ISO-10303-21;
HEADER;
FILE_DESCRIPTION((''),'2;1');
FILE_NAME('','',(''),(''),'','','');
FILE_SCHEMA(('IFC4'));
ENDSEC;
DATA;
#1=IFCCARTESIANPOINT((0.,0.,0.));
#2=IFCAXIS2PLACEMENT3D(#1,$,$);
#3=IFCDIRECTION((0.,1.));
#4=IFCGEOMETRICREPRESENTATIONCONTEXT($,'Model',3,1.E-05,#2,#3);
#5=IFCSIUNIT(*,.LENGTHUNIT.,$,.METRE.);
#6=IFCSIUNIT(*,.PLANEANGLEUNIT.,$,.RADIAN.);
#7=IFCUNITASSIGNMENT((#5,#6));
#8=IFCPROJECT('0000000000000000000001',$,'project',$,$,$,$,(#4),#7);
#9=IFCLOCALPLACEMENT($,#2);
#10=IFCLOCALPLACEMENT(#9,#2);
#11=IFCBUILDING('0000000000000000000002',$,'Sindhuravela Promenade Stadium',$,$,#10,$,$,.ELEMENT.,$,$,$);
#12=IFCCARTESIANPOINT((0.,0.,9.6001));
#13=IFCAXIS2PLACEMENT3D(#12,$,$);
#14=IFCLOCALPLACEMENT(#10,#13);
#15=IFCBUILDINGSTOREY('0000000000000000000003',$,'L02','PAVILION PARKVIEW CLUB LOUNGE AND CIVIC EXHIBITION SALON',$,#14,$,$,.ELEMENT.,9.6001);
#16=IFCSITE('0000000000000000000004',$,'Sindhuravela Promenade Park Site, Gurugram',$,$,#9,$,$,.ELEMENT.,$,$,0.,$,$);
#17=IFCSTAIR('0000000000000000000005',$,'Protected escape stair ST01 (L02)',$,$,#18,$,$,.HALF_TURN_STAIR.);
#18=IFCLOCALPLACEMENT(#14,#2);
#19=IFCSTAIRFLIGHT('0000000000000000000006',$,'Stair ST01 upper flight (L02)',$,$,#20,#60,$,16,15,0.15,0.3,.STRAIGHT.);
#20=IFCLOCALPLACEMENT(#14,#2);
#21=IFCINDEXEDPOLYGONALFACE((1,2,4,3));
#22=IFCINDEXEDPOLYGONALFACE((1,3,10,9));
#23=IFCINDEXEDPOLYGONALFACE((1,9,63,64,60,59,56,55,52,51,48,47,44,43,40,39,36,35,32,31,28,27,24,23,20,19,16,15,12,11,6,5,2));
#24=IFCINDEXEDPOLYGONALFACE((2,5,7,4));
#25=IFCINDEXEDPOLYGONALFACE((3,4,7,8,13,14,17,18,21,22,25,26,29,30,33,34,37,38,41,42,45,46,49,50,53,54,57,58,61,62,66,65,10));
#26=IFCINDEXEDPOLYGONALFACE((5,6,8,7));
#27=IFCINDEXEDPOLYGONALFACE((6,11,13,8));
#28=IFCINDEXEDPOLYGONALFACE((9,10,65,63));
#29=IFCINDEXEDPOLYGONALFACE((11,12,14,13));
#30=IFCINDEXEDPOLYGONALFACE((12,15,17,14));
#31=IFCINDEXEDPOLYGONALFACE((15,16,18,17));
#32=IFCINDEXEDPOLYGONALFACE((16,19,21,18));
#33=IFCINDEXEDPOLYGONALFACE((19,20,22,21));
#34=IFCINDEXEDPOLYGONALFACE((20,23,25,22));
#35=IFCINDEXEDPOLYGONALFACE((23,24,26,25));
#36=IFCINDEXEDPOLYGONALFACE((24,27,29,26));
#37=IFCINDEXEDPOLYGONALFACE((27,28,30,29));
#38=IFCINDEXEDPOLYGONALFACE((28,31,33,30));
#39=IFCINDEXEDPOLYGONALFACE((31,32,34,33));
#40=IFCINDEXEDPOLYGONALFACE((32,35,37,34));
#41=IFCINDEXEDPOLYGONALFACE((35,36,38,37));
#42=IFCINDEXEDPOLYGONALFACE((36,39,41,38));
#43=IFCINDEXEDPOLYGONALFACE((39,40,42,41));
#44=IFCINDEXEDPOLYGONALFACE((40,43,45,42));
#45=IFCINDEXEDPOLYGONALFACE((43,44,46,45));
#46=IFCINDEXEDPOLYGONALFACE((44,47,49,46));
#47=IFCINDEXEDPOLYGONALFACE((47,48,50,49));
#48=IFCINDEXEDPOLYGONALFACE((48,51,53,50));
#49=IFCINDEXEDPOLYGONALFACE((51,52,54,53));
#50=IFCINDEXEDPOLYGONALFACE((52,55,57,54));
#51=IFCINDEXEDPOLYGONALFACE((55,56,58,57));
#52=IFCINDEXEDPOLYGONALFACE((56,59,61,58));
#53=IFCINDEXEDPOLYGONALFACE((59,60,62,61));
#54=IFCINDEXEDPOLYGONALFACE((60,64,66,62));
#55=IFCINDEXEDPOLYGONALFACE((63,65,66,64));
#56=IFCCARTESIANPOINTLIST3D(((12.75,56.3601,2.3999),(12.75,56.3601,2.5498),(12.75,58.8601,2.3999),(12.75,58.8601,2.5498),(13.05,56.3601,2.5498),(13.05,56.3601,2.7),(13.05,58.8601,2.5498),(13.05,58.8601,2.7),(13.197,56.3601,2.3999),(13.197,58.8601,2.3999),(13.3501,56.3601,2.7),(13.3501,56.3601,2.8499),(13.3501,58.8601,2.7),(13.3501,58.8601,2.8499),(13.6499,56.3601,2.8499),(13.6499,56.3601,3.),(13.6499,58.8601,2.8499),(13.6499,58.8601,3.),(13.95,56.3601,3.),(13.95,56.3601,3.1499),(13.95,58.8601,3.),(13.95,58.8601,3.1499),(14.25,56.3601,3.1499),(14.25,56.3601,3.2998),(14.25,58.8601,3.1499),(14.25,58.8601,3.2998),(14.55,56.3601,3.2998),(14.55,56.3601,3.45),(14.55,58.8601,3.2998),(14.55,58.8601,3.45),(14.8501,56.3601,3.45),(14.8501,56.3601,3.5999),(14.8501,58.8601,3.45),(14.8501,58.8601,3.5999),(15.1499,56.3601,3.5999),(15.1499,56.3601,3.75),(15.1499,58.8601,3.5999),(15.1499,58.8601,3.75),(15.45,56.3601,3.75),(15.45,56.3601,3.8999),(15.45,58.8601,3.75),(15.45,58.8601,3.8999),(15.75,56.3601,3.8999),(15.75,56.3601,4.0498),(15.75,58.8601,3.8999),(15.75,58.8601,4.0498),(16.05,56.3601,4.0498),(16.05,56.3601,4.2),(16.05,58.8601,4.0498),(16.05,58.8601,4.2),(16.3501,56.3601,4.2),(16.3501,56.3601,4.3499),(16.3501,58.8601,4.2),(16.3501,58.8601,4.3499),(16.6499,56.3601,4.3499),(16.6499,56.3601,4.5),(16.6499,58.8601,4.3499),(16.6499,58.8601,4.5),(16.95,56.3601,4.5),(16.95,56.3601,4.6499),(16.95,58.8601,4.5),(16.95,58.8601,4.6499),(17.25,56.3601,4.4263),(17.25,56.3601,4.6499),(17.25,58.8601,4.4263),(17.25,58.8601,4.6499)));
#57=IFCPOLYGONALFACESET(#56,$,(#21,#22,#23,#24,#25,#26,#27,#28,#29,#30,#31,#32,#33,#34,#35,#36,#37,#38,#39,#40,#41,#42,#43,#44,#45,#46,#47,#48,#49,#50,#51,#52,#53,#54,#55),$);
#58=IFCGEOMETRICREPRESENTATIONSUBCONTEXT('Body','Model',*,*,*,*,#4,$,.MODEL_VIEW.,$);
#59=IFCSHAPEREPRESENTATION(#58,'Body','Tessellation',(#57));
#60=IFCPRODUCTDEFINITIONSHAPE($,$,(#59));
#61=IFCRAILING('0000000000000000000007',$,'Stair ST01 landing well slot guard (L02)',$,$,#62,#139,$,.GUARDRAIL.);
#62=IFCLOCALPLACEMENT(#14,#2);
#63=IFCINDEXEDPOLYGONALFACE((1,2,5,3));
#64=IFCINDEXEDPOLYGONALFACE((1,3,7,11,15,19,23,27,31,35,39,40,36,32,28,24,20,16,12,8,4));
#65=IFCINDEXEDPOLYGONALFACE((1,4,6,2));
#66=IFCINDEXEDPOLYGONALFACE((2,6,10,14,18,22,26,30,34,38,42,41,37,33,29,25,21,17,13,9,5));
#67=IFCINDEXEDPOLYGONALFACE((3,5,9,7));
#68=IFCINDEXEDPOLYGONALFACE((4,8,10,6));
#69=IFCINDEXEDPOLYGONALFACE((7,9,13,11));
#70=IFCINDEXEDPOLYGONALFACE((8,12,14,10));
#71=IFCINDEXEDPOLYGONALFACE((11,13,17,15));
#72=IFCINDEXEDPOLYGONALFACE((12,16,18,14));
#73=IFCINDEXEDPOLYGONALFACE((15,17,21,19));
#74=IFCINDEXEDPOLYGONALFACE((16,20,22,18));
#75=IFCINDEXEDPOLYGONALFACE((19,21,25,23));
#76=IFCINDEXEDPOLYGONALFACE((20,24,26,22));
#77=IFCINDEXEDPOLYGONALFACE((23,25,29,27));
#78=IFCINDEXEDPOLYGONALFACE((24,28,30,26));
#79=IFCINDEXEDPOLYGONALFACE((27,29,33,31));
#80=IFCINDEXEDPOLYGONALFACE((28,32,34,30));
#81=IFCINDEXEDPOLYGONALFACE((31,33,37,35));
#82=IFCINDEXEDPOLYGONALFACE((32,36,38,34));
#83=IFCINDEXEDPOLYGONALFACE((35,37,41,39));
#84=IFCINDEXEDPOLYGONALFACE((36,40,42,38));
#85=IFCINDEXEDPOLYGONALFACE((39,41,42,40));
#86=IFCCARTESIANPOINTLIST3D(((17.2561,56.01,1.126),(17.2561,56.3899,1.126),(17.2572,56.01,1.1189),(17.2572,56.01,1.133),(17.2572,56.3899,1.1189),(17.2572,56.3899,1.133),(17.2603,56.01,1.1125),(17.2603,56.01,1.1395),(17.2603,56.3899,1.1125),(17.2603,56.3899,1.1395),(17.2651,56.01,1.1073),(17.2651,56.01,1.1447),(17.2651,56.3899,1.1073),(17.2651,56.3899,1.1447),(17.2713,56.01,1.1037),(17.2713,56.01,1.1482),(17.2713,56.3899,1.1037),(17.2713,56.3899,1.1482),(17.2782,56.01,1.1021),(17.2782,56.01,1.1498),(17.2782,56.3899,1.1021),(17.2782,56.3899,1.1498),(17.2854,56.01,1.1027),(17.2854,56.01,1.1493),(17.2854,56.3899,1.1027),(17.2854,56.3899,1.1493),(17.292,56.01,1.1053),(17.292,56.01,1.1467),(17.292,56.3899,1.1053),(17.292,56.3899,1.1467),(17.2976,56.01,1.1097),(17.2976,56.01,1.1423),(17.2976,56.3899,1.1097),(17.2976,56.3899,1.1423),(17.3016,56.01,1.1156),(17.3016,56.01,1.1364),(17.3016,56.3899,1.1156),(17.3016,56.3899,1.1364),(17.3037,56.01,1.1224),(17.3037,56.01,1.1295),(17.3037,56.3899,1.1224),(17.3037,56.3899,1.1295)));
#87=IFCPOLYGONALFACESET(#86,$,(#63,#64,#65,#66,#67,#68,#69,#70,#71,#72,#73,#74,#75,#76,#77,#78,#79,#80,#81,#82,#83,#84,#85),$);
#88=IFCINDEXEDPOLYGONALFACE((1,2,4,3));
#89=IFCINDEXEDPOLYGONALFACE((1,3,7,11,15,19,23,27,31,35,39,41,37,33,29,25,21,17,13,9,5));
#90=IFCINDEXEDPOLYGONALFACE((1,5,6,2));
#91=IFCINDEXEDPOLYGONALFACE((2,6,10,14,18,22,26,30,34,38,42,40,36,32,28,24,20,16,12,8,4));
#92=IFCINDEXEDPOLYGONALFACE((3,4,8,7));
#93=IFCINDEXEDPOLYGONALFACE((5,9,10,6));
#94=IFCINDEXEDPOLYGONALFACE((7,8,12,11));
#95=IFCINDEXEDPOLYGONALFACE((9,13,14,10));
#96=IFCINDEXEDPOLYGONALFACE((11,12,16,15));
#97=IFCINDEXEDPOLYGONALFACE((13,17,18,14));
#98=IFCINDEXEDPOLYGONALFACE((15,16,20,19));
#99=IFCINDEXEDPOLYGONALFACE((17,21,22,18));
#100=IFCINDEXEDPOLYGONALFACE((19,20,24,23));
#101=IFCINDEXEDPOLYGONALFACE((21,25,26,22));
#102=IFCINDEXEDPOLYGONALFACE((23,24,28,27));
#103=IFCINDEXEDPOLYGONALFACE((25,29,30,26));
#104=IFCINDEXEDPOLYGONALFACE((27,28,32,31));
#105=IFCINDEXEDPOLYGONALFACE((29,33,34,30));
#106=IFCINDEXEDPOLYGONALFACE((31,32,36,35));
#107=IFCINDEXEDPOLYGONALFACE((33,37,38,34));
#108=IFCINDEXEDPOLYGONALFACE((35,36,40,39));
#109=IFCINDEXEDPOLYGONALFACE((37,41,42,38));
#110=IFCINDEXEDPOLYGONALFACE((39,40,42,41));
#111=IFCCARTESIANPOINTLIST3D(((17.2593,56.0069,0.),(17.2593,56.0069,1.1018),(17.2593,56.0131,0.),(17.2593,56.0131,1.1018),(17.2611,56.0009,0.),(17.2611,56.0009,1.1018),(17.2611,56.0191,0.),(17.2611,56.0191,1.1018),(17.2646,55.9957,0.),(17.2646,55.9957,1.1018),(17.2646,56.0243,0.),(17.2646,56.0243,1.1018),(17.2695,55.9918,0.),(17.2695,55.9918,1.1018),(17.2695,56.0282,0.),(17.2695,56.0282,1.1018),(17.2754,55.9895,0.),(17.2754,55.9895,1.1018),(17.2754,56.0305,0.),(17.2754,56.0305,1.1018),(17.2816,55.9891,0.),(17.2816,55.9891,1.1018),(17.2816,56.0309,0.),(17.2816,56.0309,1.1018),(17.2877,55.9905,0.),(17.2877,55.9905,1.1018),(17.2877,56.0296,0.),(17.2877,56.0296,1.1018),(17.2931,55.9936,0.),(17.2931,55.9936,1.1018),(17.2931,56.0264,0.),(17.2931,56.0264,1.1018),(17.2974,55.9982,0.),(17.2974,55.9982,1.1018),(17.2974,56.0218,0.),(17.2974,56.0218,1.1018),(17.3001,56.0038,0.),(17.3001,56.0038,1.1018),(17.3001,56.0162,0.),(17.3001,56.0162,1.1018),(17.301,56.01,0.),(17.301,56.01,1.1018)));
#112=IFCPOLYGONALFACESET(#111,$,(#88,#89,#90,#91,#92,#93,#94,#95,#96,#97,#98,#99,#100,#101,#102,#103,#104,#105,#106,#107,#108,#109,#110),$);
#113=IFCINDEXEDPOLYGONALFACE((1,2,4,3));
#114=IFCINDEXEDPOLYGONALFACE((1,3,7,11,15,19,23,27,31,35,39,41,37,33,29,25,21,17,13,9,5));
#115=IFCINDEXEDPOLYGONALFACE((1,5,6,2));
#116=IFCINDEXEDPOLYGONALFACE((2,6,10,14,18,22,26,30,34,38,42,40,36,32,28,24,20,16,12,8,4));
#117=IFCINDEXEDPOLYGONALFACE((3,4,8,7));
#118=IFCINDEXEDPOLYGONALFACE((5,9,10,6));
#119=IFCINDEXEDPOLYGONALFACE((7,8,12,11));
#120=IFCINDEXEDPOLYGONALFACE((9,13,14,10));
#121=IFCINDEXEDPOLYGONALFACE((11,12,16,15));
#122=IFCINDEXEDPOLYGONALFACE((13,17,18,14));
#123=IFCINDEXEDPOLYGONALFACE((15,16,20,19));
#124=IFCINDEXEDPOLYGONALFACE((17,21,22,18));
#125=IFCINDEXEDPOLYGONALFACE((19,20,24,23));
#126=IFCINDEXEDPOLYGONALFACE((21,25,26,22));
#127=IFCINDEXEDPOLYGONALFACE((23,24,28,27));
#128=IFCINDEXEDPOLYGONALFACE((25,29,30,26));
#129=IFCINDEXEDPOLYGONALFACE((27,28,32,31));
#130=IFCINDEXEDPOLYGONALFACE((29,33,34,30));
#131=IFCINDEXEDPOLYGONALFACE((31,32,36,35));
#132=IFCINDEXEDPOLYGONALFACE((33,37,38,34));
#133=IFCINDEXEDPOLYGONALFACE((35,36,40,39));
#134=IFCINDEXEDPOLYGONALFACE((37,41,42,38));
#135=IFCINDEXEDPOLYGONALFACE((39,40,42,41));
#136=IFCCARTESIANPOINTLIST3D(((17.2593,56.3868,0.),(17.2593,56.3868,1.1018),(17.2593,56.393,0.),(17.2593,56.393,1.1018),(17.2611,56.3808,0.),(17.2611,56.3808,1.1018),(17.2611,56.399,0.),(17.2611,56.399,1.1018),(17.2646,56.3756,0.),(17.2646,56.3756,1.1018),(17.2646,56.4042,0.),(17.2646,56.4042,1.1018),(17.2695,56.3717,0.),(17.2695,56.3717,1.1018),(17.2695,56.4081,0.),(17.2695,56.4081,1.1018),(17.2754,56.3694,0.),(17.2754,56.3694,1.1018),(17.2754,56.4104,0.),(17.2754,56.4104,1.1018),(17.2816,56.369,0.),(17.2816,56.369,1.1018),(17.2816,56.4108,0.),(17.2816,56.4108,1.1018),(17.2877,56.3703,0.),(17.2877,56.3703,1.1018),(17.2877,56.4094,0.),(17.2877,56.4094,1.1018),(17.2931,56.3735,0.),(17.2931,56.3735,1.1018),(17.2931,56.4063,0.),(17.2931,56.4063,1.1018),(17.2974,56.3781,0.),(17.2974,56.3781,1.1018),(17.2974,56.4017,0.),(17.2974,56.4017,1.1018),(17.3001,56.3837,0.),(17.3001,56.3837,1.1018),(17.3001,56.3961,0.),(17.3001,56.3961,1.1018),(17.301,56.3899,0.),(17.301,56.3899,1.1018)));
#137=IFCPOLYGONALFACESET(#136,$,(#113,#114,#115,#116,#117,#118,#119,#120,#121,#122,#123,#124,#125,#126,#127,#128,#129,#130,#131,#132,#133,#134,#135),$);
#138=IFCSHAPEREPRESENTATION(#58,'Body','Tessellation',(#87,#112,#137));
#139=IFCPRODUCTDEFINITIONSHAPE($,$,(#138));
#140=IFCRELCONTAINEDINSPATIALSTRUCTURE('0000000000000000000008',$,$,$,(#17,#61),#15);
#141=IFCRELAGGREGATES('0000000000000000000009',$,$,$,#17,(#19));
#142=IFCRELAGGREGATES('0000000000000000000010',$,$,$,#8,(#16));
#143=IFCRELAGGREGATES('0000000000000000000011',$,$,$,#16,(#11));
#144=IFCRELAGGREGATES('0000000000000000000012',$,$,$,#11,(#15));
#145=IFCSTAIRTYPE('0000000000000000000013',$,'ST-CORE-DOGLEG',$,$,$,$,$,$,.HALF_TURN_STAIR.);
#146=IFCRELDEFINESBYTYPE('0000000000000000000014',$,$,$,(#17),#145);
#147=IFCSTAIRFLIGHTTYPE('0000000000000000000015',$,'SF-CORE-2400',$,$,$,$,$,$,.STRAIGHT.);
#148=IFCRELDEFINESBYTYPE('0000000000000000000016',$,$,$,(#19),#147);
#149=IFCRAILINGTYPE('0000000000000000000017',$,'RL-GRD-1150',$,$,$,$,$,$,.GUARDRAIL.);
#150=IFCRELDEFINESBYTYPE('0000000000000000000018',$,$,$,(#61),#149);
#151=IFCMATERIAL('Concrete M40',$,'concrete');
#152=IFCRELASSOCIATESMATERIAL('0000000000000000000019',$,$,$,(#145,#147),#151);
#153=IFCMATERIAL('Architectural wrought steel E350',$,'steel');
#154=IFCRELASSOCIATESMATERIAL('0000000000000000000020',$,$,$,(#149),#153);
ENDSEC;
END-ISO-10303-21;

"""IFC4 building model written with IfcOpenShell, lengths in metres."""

from ifc_helpers import new_model, si_unit, direction, frame, origin, origin_2d, place, context, subcontext, project, spatial, polyline, circle, outline, extrude, material, type_object, element, aggregate, save


model = new_model("IFC4")

# Units and contexts
model_context = context("Model", 3, precision=1e-05, world=origin(), true_north=direction((0.0, 1.0)))
body_context = subcontext(model_context, "Body", "Model", "MODEL_VIEW")
ifc_project = project(units=[si_unit("LENGTHUNIT", "METRE"), si_unit("PLANEANGLEUNIT", "RADIAN")], contexts=[model_context])

# Site, building, storey
site_placement = place(None, origin())
site = spatial("IfcSite", under=ifc_project, at=site_placement, Name="Sindhuravela Promenade Park Site, Gurugram", CompositionType="ELEMENT", RefElevation=0.0)
building_placement = place(site_placement, origin())
building = spatial("IfcBuilding", under=site, at=building_placement, Name="Sindhuravela Promenade Stadium", CompositionType="ELEMENT")
storey_placement = place(building_placement, frame((0.0, 0.0, 9.6001)))
storey = spatial("IfcBuildingStorey", under=building, at=storey_placement, Name="L02", Description="PAVILION PARKVIEW CLUB LOUNGE AND CIVIC EXHIBITION SALON", CompositionType="ELEMENT", Elevation=9.6001)

# Shared definitions
ifc_material_1 = material(Name="Concrete M40", Category="concrete")

# Shared definitions
ifc_material_2 = material(Name="Architectural wrought steel E350", Category="steel")

# Stair, stair flight
stair_type = type_object("IfcStairType", Name="ST-CORE-DOGLEG", PredefinedType="HALF_TURN_STAIR", material=ifc_material_1)
stair_placement = place(storey_placement, origin())
stair = element("IfcStair", 1, at=stair_placement, inside=storey, type_object=stair_type, Name="Protected escape stair ST01 (L02)", PredefinedType="HALF_TURN_STAIR")
stair_flight_type = type_object("IfcStairFlightType", Name="SF-CORE-2400", PredefinedType="STRAIGHT", material=ifc_material_1)
stair_flight_1_placement = place(storey_placement, frame((12.75, 57.6101, 2.3999), z_axis=(0.0, 0.0, 1.0), x_axis=(1.0, 0.0, 0.0)))
stair_flight_1 = element("IfcStairFlight", 2, at=stair_flight_1_placement, type_object=stair_flight_type, Name="Stair ST01 upper flight (L02)", NumberOfRisers=16, NumberOfTreads=15, PredefinedType="STRAIGHT", RiserHeight=0.15, TreadLength=0.3, context=body_context, shape_type="SweptSolid", body=[
    extrude(outline(polyline([(0.0, 0.0), (0.0, 0.1499), (0.3, 0.1499), (0.3, 0.3), (0.6001, 0.3), (0.6001, 0.45), (0.8999, 0.45), (0.8999, 0.6001), (1.2, 0.6001), (1.2, 0.75), (1.5, 0.75), (1.5, 0.8999), (1.8, 0.8999), (1.8, 1.05), (2.1001, 1.05), (2.1001, 1.2), (2.3999, 1.2), (2.3999, 1.3501), (2.7, 1.3501), (2.7, 1.5), (3.0, 1.5), (3.0, 1.6499), (3.3, 1.6499), (3.3, 1.8), (3.6001, 1.8), (3.6001, 1.95), (3.8999, 1.95), (3.8999, 2.1001), (4.2, 2.1001), (4.2, 2.25), (4.5, 2.25), (4.5, 2.3999), (4.5, 2.0264), (0.447, 0.0), (0.0, 0.0)])), frame((0.0, 1.25, 0.0), z_axis=(0.0, -1.0, 0.0), x_axis=(1.0, 0.0, 0.0)), (0.0, 0.0, 1.0), 2.5),
])
aggregate(stair, [stair_flight_1])

# Railing
railing_type_1 = type_object("IfcRailingType", Name="RL-GRD-1150", PredefinedType="GUARDRAIL", material=ifc_material_2)
railing_1_placement = place(storey_placement, frame((17.28, 56.01, 0.0)))
element("IfcRailing", 3, at=railing_1_placement, inside=storey, type_object=railing_type_1, Name="Stair ST01 landing well slot guard (L02)", PredefinedType="GUARDRAIL", context=body_context, shape_type="SweptSolid", body=[
    extrude(circle(Radius=0.0239, at=origin_2d()), frame((0.0, 0.0, 1.126), z_axis=(0.0, 1.0, 0.0), x_axis=(-1.0, 0.0, 0.0)), (0.0, 0.0, 1.0), 0.3799),
    extrude(circle(Radius=0.021, at=origin_2d()), origin(), (0.0, 0.0, 1.0), 1.1018),
    extrude(circle(Radius=0.021, at=origin_2d()), frame((0.0, 0.3799, 0.0)), (0.0, 0.0, 1.0), 1.1018),
])

save(model, "model.ifc")
